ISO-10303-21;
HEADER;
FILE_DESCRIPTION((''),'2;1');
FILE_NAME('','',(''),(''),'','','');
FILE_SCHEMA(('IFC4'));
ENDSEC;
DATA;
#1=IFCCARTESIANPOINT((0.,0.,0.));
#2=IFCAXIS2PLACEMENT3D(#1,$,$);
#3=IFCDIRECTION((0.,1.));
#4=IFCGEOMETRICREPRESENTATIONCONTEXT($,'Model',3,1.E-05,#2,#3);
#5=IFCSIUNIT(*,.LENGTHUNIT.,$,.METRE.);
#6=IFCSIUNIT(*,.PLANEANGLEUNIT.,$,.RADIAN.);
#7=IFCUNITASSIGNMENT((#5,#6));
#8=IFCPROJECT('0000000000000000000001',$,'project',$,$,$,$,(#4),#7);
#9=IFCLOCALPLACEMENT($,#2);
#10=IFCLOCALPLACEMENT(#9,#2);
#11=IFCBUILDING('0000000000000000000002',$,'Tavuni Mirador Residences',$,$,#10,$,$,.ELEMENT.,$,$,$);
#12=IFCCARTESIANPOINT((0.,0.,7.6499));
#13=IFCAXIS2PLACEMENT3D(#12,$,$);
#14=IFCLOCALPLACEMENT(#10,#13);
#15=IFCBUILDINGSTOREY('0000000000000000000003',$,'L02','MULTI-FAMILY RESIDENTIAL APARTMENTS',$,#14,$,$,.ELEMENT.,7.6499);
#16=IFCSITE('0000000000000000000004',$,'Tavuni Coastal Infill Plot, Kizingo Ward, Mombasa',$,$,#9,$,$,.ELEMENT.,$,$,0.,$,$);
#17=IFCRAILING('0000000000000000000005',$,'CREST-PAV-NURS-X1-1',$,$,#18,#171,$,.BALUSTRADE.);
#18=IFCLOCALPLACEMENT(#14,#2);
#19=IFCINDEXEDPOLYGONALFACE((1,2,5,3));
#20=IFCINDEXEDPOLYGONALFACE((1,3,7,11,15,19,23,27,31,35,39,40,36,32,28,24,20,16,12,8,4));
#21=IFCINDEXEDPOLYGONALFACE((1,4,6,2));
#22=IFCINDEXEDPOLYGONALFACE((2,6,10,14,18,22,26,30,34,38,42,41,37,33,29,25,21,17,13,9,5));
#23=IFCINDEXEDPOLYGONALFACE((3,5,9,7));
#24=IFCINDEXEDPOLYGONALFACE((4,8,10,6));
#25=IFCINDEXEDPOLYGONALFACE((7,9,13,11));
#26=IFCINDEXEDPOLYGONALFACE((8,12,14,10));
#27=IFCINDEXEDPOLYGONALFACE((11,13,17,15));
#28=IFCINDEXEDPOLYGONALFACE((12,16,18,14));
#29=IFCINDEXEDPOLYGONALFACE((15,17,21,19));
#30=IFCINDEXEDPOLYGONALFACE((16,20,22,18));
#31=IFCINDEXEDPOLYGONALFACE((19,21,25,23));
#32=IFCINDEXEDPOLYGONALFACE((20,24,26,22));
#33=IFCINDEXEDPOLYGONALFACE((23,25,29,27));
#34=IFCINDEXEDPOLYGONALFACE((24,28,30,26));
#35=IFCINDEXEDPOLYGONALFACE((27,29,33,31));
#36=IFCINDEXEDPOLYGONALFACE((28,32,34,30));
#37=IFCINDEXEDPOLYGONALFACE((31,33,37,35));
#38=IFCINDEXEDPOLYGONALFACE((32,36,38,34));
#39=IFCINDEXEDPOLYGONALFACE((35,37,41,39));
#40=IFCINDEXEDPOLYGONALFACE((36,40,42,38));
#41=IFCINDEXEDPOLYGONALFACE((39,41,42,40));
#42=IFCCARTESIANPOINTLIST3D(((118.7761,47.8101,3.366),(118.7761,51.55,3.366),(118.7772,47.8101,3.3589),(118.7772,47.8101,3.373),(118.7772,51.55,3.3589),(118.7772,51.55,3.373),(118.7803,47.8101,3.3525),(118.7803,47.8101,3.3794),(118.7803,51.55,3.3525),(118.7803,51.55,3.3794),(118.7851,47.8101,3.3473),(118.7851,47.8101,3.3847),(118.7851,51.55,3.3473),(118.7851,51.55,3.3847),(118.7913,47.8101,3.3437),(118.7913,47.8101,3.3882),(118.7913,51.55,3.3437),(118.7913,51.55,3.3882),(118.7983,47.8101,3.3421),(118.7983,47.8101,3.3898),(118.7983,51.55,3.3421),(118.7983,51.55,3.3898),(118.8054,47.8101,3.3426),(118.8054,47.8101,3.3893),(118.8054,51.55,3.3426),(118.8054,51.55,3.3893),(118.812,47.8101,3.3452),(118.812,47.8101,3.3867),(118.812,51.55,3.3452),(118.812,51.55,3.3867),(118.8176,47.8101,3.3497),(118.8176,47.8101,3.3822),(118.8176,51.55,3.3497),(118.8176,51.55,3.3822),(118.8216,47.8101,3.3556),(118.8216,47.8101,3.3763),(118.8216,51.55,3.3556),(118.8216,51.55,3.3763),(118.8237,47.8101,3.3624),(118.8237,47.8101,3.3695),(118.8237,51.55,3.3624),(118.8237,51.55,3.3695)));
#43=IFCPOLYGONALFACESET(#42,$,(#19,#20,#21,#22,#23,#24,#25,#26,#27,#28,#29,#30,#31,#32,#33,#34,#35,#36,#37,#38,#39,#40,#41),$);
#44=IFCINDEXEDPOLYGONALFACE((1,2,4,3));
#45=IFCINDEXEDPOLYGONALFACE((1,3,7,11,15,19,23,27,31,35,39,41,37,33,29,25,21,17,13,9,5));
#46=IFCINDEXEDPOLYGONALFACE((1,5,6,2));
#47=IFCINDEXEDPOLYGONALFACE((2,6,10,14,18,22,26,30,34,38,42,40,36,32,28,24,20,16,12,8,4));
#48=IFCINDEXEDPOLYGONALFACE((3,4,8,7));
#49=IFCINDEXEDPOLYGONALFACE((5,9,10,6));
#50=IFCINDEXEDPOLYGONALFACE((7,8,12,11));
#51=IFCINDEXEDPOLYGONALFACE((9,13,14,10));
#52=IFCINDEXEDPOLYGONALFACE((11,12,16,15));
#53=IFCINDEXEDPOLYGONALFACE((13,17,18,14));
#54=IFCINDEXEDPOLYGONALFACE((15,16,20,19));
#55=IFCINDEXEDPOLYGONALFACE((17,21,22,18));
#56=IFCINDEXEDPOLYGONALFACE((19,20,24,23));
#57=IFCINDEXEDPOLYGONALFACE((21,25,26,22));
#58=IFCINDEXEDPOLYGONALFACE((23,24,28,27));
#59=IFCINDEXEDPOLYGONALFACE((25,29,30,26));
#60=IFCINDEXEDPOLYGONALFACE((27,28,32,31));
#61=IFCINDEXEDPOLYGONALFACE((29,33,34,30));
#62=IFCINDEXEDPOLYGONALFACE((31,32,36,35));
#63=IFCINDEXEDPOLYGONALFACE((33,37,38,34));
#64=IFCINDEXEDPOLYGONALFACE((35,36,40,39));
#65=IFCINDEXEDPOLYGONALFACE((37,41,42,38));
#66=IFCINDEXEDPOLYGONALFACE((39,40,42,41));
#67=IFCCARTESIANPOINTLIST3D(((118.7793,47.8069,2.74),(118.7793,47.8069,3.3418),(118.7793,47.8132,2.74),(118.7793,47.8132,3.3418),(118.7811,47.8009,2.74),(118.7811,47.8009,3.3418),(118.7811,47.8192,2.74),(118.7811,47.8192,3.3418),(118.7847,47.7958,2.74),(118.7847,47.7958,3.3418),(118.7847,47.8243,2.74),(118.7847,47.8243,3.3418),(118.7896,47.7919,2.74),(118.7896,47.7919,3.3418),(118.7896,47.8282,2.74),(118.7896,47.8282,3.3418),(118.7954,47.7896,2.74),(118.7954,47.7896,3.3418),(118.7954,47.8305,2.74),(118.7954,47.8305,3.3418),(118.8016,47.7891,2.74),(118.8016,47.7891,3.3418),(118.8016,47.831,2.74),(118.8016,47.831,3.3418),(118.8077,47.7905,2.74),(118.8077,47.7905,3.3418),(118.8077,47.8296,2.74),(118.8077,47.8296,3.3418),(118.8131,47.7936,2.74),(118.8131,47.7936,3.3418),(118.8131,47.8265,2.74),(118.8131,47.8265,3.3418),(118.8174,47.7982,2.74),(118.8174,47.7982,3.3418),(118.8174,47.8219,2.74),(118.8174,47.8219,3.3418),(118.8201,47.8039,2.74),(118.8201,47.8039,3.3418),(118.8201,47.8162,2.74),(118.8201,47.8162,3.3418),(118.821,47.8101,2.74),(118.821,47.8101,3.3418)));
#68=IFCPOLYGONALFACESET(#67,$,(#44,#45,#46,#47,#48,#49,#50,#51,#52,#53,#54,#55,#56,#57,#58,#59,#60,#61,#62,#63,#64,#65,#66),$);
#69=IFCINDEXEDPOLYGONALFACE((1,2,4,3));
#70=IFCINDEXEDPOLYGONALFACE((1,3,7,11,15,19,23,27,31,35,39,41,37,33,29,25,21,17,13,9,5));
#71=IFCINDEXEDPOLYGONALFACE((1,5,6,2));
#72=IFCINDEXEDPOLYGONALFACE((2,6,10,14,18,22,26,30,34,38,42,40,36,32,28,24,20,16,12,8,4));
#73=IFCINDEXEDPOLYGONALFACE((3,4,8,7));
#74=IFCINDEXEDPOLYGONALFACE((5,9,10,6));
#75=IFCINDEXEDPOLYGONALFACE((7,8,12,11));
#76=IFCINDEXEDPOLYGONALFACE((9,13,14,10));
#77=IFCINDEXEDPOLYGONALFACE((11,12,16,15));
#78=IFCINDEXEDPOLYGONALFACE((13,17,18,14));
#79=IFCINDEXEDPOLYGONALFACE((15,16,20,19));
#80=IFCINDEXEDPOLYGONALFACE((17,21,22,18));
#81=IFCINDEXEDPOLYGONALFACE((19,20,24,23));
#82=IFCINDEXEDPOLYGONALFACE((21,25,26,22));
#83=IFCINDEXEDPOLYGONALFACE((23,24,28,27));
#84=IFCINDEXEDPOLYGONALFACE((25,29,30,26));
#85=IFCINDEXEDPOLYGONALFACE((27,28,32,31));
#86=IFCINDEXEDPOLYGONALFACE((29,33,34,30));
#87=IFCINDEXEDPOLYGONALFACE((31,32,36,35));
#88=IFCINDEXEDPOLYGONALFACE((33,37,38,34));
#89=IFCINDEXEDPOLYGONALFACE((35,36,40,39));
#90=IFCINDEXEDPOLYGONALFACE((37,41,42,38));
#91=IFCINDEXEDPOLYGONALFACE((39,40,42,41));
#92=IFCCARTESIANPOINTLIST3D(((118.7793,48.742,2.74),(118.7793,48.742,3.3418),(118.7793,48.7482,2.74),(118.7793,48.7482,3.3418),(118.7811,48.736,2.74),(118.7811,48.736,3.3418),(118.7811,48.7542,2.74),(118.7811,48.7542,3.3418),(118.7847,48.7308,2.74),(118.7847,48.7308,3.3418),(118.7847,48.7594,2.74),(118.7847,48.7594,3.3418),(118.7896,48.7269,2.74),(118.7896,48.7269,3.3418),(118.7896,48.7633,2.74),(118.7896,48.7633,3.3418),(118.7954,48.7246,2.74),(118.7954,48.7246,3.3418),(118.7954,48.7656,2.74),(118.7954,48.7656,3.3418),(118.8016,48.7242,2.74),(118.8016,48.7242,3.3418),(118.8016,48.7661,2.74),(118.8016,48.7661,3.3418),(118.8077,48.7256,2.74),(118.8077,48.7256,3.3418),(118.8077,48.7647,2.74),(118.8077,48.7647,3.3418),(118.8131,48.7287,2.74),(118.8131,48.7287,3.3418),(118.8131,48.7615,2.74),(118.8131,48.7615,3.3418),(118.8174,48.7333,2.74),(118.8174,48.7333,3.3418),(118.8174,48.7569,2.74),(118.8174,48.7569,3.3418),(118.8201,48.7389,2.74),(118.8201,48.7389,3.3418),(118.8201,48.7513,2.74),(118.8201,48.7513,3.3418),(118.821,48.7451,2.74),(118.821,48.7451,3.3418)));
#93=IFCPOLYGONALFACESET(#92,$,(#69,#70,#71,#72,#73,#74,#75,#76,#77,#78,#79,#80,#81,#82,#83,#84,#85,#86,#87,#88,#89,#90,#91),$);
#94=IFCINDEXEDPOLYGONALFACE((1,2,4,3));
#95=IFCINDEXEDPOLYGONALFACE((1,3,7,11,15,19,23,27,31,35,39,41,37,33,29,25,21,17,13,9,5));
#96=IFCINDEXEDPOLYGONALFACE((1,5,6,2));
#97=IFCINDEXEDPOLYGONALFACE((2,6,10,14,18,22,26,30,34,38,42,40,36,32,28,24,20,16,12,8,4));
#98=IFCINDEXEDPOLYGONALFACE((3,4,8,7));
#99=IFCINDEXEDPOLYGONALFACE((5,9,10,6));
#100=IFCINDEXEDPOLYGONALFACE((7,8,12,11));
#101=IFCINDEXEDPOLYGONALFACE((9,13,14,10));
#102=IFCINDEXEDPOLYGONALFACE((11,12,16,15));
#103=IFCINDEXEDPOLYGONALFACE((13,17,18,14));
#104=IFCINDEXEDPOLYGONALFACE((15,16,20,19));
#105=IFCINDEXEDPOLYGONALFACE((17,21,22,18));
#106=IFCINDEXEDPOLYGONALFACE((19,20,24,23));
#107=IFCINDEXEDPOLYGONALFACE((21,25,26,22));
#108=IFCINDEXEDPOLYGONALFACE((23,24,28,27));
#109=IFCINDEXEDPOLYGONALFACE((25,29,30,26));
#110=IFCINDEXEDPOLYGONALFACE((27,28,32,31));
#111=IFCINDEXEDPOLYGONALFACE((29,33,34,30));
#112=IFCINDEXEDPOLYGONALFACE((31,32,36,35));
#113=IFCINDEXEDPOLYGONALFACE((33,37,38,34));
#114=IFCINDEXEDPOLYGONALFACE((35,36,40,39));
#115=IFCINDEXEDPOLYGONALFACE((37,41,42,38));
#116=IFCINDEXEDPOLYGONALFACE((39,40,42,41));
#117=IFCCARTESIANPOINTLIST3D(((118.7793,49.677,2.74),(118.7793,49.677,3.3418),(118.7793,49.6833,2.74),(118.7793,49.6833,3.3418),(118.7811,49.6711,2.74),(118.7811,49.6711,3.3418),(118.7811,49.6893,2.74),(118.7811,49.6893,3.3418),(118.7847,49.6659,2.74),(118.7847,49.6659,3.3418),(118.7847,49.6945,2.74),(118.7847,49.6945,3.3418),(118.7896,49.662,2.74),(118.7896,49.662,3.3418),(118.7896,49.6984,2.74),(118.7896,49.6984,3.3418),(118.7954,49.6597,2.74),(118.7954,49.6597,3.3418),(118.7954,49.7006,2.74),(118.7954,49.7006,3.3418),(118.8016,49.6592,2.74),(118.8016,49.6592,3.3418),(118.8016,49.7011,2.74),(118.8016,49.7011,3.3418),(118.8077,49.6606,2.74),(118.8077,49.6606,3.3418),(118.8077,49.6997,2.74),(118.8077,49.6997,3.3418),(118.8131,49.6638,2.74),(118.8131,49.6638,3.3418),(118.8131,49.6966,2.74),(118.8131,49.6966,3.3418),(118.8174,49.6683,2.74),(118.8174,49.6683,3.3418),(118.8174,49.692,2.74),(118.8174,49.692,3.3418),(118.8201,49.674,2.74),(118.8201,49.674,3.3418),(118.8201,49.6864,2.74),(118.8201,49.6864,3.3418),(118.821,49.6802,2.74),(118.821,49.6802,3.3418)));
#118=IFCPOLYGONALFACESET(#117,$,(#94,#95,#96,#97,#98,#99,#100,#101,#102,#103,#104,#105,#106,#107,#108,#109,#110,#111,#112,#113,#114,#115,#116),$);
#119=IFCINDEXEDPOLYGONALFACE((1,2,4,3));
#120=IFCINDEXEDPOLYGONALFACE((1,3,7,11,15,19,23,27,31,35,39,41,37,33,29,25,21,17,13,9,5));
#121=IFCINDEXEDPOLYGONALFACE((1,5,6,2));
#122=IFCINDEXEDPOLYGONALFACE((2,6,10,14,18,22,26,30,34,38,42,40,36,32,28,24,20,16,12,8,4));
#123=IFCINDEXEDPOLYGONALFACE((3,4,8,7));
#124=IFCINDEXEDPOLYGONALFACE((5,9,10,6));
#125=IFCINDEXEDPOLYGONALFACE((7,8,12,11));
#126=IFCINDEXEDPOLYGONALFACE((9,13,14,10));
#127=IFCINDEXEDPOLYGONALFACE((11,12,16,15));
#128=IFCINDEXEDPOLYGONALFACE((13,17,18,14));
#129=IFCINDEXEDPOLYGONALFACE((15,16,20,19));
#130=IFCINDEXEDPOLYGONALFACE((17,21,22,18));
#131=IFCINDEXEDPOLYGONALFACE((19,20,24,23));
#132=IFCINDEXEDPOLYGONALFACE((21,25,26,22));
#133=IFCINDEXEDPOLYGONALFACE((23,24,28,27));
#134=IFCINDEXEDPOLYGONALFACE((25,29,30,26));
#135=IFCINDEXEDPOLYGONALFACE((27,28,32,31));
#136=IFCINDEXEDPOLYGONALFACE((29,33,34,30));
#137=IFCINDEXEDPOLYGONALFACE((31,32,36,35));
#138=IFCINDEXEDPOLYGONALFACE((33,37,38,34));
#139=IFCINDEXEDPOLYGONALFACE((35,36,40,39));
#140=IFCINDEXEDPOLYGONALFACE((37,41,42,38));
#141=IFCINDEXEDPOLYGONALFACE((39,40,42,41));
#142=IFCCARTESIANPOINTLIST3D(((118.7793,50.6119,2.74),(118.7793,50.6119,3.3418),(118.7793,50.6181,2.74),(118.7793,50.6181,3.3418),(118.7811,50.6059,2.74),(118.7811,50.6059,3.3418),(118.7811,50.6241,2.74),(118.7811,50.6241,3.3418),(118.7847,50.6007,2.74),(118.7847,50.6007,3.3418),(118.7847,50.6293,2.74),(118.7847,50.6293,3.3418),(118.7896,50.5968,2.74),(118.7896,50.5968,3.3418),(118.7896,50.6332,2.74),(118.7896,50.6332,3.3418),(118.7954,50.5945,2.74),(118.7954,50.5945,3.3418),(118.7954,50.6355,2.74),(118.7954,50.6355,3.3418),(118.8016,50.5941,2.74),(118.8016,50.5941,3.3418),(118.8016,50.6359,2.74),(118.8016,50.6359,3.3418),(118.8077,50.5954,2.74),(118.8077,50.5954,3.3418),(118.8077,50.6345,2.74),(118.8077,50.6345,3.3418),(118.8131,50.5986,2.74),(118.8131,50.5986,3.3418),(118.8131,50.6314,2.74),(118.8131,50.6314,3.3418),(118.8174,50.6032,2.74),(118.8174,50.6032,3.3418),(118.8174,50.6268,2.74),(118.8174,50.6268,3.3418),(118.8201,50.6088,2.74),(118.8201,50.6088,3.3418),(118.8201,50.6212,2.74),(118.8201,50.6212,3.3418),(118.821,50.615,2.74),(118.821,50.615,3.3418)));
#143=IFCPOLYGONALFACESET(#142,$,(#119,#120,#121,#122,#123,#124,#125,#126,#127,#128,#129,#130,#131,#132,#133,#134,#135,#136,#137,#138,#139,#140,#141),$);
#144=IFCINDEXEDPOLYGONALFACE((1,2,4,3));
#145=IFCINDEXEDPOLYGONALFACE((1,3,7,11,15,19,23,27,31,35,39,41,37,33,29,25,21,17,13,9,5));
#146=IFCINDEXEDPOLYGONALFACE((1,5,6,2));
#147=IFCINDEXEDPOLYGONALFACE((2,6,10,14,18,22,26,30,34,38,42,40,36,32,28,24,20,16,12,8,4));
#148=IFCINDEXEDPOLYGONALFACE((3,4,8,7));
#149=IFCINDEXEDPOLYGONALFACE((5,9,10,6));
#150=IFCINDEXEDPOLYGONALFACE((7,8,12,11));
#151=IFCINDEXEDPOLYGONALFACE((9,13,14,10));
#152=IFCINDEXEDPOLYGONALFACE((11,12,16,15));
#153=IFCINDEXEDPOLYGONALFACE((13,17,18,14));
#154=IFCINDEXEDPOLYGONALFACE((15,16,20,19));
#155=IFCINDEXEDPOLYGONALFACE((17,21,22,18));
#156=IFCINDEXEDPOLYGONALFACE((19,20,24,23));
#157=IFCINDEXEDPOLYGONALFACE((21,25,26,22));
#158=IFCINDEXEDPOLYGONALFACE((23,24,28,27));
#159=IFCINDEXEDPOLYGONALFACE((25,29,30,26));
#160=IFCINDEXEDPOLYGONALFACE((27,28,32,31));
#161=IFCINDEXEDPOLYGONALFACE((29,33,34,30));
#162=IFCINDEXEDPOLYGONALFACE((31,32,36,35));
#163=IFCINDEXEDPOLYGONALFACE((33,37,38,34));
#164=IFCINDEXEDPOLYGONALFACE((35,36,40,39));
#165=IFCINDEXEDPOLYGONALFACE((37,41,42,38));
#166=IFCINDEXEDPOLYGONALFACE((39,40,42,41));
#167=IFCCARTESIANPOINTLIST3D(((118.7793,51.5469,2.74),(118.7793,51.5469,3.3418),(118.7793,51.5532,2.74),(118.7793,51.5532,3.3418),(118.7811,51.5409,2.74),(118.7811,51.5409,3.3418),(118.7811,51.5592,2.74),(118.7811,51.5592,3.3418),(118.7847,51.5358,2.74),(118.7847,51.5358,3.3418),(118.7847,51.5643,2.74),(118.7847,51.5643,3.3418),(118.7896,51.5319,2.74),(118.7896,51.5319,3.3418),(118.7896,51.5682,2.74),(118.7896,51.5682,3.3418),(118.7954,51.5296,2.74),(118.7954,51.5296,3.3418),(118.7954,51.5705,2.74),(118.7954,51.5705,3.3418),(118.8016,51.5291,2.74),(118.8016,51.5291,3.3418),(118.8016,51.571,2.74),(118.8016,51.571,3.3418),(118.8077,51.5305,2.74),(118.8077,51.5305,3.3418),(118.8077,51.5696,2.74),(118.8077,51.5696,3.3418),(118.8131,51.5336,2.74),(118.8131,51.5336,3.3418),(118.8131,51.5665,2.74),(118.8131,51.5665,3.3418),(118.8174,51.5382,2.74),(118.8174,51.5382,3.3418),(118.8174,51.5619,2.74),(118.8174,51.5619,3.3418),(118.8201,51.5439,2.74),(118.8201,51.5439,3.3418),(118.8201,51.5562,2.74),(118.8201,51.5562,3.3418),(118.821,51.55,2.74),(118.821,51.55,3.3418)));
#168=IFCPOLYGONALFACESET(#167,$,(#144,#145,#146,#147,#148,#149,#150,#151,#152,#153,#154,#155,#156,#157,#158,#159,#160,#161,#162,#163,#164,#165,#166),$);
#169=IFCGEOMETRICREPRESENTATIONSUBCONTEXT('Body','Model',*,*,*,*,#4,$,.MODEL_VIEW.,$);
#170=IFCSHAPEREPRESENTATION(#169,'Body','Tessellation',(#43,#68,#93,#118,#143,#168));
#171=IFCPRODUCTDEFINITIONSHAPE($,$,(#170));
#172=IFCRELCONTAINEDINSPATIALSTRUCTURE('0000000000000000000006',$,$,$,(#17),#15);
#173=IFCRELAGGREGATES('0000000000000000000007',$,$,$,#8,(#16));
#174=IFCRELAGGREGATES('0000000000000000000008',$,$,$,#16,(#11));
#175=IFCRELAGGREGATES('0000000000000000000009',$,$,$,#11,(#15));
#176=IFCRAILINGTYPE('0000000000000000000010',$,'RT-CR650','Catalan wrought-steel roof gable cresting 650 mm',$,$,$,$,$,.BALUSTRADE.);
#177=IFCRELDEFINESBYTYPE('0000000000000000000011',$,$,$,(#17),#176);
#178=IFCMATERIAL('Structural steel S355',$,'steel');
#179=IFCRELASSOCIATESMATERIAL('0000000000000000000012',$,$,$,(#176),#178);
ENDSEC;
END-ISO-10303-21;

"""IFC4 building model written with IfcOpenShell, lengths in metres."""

from ifc_helpers import new_model, si_unit, direction, frame, origin, origin_2d, place, context, subcontext, project, spatial, circle, extrude, material, type_object, element, save


model = new_model("IFC4")

# Units and contexts
model_context = context("Model", 3, precision=1e-05, world=origin(), true_north=direction((0.0, 1.0)))
body_context = subcontext(model_context, "Body", "Model", "MODEL_VIEW")
ifc_project = project(units=[si_unit("LENGTHUNIT", "METRE"), si_unit("PLANEANGLEUNIT", "RADIAN")], contexts=[model_context])

# Site, building, storey
site_placement = place(None, origin())
site = spatial("IfcSite", under=ifc_project, at=site_placement, Name="Tavuni Coastal Infill Plot, Kizingo Ward, Mombasa", CompositionType="ELEMENT", RefElevation=0.0)
building_placement = place(site_placement, origin())
building = spatial("IfcBuilding", under=site, at=building_placement, Name="Tavuni Mirador Residences", CompositionType="ELEMENT")
storey_placement = place(building_placement, frame((0.0, 0.0, 7.6499)))
storey = spatial("IfcBuildingStorey", under=building, at=storey_placement, Name="L02", Description="MULTI-FAMILY RESIDENTIAL APARTMENTS", CompositionType="ELEMENT", Elevation=7.6499)

# Shared definitions
ifc_material_1 = material(Name="Structural steel S355", Category="steel")

# Railing
railing_type = type_object("IfcRailingType", Name="RT-CR650", Description="Catalan wrought-steel roof gable cresting 650 mm", PredefinedType="BALUSTRADE", material=ifc_material_1)
for number, where, name in (
    (1, (118.8, 47.8101, 2.74), "CREST-PAV-NURS-X1-1"),
):
    element("IfcRailing", number, at=place(storey_placement, frame(where)), inside=storey, type_object=railing_type, Name=name, PredefinedType="BALUSTRADE", context=body_context, shape_type="SweptSolid", body=[
        extrude(circle(Radius=0.0239, at=origin_2d()), frame((0.0, 0.0, 0.626), z_axis=(0.0, 1.0, 0.0), x_axis=(-1.0, 0.0, 0.0)), (0.0, 0.0, 1.0), 3.74),
        extrude(circle(Radius=0.021, at=origin_2d()), origin(), (0.0, 0.0, 1.0), 0.6018),
        extrude(circle(Radius=0.021, at=origin_2d()), frame((0.0, 0.9351, 0.0)), (0.0, 0.0, 1.0), 0.6018),
        extrude(circle(Radius=0.021, at=origin_2d()), frame((0.0, 1.8701, 0.0)), (0.0, 0.0, 1.0), 0.6018),
        extrude(circle(Radius=0.021, at=origin_2d()), frame((0.0, 2.8049, 0.0)), (0.0, 0.0, 1.0), 0.6018),
        extrude(circle(Radius=0.021, at=origin_2d()), frame((0.0, 3.74, 0.0)), (0.0, 0.0, 1.0), 0.6018),
    ])

save(model, "model.ifc")
